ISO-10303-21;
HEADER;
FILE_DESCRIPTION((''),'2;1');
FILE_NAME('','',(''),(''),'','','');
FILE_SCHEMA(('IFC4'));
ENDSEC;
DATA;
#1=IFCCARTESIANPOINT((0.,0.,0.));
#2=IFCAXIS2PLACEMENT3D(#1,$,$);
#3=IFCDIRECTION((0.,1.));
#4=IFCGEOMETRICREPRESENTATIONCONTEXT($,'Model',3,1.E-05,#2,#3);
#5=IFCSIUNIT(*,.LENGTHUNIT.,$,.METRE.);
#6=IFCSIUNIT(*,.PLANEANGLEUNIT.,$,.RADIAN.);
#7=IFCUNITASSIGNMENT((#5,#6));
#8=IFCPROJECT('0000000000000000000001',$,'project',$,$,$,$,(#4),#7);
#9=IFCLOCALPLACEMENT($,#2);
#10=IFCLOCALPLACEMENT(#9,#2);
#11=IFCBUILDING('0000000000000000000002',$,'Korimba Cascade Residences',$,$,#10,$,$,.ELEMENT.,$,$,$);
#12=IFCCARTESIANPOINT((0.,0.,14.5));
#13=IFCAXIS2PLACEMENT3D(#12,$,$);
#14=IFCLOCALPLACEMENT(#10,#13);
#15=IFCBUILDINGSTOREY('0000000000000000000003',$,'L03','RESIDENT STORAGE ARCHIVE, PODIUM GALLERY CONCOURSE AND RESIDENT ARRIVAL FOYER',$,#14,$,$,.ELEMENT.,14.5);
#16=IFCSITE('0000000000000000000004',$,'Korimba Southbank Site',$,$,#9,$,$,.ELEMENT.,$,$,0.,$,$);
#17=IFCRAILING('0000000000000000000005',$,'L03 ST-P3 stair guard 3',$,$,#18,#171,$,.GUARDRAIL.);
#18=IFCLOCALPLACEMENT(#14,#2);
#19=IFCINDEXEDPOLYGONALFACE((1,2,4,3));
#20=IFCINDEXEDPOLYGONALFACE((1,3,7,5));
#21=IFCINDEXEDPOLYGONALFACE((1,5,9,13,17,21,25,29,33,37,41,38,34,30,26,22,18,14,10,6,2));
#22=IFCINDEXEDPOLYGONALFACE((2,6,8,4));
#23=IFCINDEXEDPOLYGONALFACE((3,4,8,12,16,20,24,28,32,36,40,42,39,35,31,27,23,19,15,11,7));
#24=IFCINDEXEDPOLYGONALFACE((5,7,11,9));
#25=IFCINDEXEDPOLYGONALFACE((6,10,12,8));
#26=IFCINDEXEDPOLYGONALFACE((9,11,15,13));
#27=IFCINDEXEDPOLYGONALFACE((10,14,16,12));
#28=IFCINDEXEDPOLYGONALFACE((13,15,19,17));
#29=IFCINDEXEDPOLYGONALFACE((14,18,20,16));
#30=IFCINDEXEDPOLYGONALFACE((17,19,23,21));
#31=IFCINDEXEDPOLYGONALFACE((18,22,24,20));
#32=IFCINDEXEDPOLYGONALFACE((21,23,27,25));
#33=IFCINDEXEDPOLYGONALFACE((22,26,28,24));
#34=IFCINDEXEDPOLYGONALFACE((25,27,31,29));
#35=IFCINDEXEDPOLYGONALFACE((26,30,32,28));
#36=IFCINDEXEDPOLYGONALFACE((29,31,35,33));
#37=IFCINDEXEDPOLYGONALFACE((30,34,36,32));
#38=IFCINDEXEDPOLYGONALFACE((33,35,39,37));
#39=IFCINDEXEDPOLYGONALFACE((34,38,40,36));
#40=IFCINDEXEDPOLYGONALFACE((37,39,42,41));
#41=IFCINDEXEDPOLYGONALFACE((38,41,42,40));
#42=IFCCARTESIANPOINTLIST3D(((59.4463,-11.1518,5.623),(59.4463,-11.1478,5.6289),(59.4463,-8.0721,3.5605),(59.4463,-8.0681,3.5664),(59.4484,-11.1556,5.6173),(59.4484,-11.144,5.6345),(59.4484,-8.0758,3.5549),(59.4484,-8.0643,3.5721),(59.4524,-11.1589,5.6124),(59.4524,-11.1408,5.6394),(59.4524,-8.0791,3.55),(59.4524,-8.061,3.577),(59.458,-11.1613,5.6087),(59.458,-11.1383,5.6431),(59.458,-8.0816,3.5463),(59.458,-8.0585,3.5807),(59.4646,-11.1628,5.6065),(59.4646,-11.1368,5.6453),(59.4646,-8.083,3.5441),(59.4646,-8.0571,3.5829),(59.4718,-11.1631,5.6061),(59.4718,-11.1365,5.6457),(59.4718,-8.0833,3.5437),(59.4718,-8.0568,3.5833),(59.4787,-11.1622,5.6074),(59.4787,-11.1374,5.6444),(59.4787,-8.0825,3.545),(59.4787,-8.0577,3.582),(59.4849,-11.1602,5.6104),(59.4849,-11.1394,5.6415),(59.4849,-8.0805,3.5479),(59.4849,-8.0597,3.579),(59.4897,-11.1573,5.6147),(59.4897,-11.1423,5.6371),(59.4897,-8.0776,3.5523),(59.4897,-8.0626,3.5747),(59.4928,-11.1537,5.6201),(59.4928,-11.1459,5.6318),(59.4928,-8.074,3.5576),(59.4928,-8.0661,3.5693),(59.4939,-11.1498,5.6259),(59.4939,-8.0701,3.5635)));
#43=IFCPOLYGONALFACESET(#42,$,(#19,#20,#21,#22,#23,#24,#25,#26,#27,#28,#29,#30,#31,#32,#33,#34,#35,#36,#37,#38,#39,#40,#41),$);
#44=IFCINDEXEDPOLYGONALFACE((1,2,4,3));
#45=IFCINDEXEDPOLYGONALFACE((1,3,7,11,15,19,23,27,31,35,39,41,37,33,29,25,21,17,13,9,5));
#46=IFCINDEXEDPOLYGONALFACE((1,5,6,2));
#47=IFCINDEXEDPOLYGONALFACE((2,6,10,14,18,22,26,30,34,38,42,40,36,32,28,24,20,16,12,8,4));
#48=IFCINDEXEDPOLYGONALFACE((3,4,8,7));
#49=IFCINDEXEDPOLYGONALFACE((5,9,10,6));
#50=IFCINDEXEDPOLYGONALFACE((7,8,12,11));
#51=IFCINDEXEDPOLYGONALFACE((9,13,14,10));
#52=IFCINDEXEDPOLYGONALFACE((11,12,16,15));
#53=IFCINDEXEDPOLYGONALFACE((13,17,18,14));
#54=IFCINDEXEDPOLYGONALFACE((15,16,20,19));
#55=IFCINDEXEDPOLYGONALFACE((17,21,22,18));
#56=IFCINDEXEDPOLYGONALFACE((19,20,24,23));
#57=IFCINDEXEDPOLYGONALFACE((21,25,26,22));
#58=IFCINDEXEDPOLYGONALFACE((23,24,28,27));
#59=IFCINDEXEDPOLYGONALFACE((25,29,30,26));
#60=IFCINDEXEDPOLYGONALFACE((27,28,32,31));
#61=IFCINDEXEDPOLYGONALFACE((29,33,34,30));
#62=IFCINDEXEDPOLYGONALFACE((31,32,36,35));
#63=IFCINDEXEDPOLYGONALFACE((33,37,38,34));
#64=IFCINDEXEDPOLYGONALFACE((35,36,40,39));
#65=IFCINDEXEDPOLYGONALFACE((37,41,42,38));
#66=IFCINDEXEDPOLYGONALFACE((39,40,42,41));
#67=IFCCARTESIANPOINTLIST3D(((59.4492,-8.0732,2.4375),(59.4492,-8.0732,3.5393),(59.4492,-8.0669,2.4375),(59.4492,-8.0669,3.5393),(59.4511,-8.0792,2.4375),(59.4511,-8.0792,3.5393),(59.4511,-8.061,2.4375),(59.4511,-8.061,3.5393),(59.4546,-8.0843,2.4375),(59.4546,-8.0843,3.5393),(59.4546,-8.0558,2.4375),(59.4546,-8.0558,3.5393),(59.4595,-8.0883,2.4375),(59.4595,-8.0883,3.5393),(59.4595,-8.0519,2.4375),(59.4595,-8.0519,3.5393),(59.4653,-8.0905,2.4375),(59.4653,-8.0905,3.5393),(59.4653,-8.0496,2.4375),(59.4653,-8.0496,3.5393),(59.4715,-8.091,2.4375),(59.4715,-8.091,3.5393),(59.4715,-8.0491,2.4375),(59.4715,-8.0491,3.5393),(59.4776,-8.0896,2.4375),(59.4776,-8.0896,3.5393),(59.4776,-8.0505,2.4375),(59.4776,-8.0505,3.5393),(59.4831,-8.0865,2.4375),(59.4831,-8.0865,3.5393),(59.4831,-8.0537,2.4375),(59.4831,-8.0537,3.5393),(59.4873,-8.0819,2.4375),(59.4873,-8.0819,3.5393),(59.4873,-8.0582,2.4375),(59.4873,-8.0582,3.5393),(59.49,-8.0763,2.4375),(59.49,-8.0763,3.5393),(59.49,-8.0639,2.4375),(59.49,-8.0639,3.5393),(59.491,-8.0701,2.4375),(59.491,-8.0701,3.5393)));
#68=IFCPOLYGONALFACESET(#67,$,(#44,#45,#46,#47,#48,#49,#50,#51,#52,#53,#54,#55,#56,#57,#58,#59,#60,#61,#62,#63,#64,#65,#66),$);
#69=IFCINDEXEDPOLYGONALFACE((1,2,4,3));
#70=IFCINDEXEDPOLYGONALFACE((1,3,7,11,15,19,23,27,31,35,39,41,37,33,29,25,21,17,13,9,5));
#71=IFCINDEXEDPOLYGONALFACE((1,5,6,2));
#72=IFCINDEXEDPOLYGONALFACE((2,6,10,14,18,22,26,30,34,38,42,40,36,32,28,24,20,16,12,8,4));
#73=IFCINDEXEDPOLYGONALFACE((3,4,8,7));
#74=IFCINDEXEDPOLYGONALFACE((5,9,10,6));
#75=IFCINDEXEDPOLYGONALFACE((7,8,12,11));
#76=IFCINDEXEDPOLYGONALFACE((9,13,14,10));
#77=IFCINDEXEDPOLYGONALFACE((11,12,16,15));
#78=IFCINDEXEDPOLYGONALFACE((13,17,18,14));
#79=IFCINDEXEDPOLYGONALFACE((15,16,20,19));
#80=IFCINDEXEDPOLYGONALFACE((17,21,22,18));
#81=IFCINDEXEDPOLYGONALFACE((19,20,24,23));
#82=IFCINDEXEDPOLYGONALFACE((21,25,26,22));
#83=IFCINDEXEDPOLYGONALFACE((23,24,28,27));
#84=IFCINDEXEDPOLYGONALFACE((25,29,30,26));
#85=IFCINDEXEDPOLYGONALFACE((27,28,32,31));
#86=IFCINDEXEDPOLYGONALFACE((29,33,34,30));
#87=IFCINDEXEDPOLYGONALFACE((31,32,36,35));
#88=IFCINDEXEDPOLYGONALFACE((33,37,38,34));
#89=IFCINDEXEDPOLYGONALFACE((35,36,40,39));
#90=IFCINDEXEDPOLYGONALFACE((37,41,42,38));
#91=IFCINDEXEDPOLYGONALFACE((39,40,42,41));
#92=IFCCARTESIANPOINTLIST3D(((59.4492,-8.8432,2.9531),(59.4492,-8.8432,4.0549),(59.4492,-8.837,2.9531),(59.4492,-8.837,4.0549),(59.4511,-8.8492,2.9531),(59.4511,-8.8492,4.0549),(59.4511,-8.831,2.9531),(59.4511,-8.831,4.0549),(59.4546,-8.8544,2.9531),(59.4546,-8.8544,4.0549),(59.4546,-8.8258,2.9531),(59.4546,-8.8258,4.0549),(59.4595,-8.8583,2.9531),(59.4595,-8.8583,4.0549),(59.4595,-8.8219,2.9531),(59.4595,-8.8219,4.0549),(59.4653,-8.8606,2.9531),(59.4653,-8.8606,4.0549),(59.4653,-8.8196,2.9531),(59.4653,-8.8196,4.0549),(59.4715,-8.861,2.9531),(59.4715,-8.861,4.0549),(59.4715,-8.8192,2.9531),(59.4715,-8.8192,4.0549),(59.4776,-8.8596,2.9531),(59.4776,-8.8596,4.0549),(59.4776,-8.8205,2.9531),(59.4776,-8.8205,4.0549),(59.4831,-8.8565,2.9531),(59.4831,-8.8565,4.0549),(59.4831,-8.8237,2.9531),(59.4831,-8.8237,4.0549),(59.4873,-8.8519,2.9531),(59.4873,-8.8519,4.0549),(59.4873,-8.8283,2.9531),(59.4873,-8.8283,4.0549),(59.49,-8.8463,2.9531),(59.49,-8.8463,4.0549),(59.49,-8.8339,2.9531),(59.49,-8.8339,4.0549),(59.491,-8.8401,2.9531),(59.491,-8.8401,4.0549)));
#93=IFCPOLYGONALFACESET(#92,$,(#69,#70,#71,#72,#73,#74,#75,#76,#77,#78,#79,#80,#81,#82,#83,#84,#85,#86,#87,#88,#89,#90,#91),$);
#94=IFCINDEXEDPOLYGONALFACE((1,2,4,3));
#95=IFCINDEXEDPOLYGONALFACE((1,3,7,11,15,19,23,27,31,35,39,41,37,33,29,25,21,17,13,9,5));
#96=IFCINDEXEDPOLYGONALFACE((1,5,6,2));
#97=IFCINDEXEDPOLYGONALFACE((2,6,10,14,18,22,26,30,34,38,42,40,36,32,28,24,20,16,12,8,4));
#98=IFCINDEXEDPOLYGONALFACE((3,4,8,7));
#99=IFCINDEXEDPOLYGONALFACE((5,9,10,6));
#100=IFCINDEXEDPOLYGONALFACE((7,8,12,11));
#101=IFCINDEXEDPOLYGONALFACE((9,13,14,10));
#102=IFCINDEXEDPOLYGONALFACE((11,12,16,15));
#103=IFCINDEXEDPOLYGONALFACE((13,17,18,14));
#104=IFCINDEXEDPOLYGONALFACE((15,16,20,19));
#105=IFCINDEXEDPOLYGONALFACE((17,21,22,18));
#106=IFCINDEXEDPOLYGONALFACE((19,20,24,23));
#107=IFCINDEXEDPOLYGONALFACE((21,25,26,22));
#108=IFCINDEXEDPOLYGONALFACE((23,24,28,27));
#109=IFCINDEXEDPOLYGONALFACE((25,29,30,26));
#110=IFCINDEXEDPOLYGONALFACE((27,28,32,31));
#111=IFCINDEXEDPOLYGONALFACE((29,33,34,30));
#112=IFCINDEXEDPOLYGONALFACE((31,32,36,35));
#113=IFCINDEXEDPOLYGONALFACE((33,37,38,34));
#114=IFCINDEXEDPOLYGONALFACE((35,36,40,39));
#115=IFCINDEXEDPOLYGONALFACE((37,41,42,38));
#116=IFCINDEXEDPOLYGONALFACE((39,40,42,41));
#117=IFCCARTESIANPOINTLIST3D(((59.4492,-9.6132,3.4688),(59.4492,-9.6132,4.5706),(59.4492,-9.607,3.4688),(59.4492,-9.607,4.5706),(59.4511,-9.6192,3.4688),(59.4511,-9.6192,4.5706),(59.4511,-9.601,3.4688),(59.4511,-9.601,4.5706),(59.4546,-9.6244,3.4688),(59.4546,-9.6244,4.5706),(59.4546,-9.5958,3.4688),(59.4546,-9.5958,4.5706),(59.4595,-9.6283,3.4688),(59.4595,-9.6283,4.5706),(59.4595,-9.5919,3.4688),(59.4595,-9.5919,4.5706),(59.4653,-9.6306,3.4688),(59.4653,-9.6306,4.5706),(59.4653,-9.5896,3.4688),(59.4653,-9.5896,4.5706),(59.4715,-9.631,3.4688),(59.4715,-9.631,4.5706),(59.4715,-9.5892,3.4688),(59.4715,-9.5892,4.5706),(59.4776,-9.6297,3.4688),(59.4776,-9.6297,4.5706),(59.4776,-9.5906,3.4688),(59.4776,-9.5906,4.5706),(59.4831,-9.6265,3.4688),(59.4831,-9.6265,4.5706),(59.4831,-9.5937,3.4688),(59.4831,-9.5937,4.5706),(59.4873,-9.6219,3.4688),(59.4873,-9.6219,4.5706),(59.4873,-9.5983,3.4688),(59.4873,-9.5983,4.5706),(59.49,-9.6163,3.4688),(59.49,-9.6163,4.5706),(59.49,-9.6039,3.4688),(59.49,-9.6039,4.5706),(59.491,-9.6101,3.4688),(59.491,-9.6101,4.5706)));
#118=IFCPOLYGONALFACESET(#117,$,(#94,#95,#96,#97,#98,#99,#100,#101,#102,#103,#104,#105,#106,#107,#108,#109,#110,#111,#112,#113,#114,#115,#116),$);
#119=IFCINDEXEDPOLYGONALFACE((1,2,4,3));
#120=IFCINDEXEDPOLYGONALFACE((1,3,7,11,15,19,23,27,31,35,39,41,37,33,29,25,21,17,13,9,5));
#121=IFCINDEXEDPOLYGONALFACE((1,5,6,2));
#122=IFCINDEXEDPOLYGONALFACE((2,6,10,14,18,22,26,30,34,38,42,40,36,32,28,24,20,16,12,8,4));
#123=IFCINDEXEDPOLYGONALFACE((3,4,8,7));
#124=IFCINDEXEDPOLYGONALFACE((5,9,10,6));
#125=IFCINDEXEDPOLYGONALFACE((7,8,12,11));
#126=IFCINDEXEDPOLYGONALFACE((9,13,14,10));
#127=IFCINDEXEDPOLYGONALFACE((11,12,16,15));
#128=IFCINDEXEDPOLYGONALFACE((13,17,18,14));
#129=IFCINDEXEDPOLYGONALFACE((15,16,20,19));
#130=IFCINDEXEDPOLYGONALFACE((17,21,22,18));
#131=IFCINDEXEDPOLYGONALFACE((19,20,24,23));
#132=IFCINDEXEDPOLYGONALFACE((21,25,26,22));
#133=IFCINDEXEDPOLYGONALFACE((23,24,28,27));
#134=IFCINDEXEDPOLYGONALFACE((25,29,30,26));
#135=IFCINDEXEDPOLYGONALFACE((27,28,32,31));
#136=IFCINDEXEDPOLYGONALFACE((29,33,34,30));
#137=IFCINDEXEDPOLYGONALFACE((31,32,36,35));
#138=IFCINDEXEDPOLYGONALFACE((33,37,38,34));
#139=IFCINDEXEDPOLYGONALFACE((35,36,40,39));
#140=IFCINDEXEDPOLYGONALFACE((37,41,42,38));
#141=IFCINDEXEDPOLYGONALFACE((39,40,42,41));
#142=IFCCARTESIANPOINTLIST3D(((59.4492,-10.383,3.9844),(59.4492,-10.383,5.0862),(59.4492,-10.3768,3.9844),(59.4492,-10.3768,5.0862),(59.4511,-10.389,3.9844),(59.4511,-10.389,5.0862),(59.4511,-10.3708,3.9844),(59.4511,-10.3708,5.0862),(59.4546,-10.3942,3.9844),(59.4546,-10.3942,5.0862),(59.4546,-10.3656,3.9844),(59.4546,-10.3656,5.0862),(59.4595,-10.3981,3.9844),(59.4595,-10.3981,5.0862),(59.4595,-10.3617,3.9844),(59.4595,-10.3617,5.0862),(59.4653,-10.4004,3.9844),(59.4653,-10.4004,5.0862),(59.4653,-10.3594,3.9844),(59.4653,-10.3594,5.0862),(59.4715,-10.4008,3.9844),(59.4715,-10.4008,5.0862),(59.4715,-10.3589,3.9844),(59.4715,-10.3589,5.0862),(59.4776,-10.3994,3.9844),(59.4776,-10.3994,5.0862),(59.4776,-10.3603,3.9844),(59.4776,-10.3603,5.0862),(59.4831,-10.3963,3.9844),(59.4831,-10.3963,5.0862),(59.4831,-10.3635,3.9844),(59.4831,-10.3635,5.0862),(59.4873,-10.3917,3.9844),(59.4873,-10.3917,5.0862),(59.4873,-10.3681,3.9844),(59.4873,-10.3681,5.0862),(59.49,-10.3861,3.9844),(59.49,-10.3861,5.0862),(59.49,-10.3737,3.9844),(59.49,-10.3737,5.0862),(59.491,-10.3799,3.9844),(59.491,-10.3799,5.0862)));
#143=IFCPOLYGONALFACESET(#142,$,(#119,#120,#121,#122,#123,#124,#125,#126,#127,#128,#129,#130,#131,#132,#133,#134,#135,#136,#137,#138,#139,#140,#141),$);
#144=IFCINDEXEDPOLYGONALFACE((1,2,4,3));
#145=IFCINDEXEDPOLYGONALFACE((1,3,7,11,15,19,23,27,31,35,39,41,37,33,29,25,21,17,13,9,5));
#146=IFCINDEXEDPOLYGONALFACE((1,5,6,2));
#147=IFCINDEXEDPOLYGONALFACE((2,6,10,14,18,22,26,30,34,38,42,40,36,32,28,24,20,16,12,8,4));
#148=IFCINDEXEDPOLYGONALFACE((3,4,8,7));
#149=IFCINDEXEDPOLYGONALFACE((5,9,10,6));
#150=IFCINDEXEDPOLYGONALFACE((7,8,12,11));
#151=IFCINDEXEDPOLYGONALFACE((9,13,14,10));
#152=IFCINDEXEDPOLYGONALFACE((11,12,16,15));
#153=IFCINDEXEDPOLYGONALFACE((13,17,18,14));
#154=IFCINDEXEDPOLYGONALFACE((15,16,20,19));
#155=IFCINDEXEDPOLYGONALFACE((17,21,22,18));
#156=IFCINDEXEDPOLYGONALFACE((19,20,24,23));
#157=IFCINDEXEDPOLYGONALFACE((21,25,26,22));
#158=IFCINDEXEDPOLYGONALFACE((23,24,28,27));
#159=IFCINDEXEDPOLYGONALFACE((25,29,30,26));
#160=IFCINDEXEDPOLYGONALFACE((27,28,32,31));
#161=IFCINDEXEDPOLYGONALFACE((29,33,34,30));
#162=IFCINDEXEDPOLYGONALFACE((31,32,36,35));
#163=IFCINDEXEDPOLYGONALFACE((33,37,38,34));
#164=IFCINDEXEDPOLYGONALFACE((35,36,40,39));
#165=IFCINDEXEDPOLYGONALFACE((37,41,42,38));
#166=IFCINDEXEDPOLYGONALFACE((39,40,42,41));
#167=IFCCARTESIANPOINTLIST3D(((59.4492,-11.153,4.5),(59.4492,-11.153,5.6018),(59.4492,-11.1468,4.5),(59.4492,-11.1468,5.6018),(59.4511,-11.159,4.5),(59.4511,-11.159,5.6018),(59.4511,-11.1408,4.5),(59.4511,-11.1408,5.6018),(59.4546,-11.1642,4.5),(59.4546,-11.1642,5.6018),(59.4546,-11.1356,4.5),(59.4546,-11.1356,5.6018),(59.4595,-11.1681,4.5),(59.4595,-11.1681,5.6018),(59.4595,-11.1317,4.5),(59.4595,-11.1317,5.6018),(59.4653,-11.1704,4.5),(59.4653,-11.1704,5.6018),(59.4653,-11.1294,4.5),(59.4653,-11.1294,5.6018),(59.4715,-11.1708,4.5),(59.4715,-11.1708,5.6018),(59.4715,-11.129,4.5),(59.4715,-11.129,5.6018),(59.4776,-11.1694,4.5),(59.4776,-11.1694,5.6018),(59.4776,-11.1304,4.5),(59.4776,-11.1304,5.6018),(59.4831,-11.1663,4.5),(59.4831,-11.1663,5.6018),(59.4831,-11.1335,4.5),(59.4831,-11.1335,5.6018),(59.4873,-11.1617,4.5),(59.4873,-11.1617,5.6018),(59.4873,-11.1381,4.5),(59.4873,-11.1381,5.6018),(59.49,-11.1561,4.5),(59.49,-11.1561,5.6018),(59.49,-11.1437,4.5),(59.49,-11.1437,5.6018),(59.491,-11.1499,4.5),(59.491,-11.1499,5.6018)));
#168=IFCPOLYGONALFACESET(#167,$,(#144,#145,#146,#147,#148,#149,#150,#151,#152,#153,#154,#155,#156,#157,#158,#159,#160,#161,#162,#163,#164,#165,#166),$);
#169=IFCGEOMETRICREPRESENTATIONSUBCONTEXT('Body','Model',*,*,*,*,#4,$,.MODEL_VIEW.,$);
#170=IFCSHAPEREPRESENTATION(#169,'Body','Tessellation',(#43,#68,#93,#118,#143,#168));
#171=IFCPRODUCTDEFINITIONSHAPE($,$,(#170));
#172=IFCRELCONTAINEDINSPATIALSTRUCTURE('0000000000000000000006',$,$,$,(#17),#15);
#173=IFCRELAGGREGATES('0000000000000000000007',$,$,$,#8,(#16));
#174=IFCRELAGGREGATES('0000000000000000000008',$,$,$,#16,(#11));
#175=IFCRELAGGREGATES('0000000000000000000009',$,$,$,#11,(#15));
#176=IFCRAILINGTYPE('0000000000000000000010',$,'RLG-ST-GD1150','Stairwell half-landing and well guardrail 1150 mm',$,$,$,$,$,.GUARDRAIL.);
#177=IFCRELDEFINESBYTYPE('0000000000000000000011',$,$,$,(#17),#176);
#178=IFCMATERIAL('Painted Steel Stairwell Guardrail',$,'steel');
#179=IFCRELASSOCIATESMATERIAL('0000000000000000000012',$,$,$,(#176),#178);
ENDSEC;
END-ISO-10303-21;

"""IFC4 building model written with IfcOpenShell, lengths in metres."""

from ifc_helpers import new_model, si_unit, direction, frame, origin, origin_2d, place, context, subcontext, project, spatial, circle, extrude, material, type_object, element, save


model = new_model("IFC4")

# Units and contexts
model_context = context("Model", 3, precision=1e-05, world=origin(), true_north=direction((0.0, 1.0)))
body_context = subcontext(model_context, "Body", "Model", "MODEL_VIEW")
ifc_project = project(units=[si_unit("LENGTHUNIT", "METRE"), si_unit("PLANEANGLEUNIT", "RADIAN")], contexts=[model_context])

# Site, building, storey
site_placement = place(None, origin())
site = spatial("IfcSite", under=ifc_project, at=site_placement, Name="Korimba Southbank Site", CompositionType="ELEMENT", RefElevation=0.0)
building_placement = place(site_placement, origin())
building = spatial("IfcBuilding", under=site, at=building_placement, Name="Korimba Cascade Residences", CompositionType="ELEMENT")
storey_placement = place(building_placement, frame((0.0, 0.0, 14.5)))
storey = spatial("IfcBuildingStorey", under=building, at=storey_placement, Name="L03", Description="RESIDENT STORAGE ARCHIVE, PODIUM GALLERY CONCOURSE AND RESIDENT ARRIVAL FOYER", CompositionType="ELEMENT", Elevation=14.5)

# Railing
ifc_material_1 = material(Name="Painted Steel Stairwell Guardrail", Category="steel")
railing_type_1 = type_object("IfcRailingType", Name="RLG-ST-GD1150", Description="Stairwell half-landing and well guardrail 1150 mm", PredefinedType="GUARDRAIL", material=ifc_material_1)
railing_1_placement = place(storey_placement, frame((59.47, -8.0701, 2.4375)))
element("IfcRailing", 1, at=railing_1_placement, inside=storey, type_object=railing_type_1, Name="L03 ST-P3 stair guard 3", PredefinedType="GUARDRAIL", context=body_context, shape_type="SweptSolid", body=[
    extrude(circle(Radius=0.0239, at=origin_2d()), frame((0.0, 0.0, 1.126), z_axis=(0.0, -0.830893, 0.556432), x_axis=(1.0, 0.0, 0.0)), (0.0, 0.0, 1.0), 3.7065),
    extrude(circle(Radius=0.021, at=origin_2d()), origin(), (0.0, 0.0, 1.0), 1.1018),
    extrude(circle(Radius=0.021, at=origin_2d()), frame((0.0, -0.77, 0.5156)), (0.0, 0.0, 1.0), 1.1018),
    extrude(circle(Radius=0.021, at=origin_2d()), frame((0.0, -1.54, 1.0312)), (0.0, 0.0, 1.0), 1.1018),
    extrude(circle(Radius=0.021, at=origin_2d()), frame((0.0, -2.3098, 1.5469)), (0.0, 0.0, 1.0), 1.1018),
    extrude(circle(Radius=0.021, at=origin_2d()), frame((0.0, -3.0798, 2.0625)), (0.0, 0.0, 1.0), 1.1018),
])

save(model, "model.ifc")
